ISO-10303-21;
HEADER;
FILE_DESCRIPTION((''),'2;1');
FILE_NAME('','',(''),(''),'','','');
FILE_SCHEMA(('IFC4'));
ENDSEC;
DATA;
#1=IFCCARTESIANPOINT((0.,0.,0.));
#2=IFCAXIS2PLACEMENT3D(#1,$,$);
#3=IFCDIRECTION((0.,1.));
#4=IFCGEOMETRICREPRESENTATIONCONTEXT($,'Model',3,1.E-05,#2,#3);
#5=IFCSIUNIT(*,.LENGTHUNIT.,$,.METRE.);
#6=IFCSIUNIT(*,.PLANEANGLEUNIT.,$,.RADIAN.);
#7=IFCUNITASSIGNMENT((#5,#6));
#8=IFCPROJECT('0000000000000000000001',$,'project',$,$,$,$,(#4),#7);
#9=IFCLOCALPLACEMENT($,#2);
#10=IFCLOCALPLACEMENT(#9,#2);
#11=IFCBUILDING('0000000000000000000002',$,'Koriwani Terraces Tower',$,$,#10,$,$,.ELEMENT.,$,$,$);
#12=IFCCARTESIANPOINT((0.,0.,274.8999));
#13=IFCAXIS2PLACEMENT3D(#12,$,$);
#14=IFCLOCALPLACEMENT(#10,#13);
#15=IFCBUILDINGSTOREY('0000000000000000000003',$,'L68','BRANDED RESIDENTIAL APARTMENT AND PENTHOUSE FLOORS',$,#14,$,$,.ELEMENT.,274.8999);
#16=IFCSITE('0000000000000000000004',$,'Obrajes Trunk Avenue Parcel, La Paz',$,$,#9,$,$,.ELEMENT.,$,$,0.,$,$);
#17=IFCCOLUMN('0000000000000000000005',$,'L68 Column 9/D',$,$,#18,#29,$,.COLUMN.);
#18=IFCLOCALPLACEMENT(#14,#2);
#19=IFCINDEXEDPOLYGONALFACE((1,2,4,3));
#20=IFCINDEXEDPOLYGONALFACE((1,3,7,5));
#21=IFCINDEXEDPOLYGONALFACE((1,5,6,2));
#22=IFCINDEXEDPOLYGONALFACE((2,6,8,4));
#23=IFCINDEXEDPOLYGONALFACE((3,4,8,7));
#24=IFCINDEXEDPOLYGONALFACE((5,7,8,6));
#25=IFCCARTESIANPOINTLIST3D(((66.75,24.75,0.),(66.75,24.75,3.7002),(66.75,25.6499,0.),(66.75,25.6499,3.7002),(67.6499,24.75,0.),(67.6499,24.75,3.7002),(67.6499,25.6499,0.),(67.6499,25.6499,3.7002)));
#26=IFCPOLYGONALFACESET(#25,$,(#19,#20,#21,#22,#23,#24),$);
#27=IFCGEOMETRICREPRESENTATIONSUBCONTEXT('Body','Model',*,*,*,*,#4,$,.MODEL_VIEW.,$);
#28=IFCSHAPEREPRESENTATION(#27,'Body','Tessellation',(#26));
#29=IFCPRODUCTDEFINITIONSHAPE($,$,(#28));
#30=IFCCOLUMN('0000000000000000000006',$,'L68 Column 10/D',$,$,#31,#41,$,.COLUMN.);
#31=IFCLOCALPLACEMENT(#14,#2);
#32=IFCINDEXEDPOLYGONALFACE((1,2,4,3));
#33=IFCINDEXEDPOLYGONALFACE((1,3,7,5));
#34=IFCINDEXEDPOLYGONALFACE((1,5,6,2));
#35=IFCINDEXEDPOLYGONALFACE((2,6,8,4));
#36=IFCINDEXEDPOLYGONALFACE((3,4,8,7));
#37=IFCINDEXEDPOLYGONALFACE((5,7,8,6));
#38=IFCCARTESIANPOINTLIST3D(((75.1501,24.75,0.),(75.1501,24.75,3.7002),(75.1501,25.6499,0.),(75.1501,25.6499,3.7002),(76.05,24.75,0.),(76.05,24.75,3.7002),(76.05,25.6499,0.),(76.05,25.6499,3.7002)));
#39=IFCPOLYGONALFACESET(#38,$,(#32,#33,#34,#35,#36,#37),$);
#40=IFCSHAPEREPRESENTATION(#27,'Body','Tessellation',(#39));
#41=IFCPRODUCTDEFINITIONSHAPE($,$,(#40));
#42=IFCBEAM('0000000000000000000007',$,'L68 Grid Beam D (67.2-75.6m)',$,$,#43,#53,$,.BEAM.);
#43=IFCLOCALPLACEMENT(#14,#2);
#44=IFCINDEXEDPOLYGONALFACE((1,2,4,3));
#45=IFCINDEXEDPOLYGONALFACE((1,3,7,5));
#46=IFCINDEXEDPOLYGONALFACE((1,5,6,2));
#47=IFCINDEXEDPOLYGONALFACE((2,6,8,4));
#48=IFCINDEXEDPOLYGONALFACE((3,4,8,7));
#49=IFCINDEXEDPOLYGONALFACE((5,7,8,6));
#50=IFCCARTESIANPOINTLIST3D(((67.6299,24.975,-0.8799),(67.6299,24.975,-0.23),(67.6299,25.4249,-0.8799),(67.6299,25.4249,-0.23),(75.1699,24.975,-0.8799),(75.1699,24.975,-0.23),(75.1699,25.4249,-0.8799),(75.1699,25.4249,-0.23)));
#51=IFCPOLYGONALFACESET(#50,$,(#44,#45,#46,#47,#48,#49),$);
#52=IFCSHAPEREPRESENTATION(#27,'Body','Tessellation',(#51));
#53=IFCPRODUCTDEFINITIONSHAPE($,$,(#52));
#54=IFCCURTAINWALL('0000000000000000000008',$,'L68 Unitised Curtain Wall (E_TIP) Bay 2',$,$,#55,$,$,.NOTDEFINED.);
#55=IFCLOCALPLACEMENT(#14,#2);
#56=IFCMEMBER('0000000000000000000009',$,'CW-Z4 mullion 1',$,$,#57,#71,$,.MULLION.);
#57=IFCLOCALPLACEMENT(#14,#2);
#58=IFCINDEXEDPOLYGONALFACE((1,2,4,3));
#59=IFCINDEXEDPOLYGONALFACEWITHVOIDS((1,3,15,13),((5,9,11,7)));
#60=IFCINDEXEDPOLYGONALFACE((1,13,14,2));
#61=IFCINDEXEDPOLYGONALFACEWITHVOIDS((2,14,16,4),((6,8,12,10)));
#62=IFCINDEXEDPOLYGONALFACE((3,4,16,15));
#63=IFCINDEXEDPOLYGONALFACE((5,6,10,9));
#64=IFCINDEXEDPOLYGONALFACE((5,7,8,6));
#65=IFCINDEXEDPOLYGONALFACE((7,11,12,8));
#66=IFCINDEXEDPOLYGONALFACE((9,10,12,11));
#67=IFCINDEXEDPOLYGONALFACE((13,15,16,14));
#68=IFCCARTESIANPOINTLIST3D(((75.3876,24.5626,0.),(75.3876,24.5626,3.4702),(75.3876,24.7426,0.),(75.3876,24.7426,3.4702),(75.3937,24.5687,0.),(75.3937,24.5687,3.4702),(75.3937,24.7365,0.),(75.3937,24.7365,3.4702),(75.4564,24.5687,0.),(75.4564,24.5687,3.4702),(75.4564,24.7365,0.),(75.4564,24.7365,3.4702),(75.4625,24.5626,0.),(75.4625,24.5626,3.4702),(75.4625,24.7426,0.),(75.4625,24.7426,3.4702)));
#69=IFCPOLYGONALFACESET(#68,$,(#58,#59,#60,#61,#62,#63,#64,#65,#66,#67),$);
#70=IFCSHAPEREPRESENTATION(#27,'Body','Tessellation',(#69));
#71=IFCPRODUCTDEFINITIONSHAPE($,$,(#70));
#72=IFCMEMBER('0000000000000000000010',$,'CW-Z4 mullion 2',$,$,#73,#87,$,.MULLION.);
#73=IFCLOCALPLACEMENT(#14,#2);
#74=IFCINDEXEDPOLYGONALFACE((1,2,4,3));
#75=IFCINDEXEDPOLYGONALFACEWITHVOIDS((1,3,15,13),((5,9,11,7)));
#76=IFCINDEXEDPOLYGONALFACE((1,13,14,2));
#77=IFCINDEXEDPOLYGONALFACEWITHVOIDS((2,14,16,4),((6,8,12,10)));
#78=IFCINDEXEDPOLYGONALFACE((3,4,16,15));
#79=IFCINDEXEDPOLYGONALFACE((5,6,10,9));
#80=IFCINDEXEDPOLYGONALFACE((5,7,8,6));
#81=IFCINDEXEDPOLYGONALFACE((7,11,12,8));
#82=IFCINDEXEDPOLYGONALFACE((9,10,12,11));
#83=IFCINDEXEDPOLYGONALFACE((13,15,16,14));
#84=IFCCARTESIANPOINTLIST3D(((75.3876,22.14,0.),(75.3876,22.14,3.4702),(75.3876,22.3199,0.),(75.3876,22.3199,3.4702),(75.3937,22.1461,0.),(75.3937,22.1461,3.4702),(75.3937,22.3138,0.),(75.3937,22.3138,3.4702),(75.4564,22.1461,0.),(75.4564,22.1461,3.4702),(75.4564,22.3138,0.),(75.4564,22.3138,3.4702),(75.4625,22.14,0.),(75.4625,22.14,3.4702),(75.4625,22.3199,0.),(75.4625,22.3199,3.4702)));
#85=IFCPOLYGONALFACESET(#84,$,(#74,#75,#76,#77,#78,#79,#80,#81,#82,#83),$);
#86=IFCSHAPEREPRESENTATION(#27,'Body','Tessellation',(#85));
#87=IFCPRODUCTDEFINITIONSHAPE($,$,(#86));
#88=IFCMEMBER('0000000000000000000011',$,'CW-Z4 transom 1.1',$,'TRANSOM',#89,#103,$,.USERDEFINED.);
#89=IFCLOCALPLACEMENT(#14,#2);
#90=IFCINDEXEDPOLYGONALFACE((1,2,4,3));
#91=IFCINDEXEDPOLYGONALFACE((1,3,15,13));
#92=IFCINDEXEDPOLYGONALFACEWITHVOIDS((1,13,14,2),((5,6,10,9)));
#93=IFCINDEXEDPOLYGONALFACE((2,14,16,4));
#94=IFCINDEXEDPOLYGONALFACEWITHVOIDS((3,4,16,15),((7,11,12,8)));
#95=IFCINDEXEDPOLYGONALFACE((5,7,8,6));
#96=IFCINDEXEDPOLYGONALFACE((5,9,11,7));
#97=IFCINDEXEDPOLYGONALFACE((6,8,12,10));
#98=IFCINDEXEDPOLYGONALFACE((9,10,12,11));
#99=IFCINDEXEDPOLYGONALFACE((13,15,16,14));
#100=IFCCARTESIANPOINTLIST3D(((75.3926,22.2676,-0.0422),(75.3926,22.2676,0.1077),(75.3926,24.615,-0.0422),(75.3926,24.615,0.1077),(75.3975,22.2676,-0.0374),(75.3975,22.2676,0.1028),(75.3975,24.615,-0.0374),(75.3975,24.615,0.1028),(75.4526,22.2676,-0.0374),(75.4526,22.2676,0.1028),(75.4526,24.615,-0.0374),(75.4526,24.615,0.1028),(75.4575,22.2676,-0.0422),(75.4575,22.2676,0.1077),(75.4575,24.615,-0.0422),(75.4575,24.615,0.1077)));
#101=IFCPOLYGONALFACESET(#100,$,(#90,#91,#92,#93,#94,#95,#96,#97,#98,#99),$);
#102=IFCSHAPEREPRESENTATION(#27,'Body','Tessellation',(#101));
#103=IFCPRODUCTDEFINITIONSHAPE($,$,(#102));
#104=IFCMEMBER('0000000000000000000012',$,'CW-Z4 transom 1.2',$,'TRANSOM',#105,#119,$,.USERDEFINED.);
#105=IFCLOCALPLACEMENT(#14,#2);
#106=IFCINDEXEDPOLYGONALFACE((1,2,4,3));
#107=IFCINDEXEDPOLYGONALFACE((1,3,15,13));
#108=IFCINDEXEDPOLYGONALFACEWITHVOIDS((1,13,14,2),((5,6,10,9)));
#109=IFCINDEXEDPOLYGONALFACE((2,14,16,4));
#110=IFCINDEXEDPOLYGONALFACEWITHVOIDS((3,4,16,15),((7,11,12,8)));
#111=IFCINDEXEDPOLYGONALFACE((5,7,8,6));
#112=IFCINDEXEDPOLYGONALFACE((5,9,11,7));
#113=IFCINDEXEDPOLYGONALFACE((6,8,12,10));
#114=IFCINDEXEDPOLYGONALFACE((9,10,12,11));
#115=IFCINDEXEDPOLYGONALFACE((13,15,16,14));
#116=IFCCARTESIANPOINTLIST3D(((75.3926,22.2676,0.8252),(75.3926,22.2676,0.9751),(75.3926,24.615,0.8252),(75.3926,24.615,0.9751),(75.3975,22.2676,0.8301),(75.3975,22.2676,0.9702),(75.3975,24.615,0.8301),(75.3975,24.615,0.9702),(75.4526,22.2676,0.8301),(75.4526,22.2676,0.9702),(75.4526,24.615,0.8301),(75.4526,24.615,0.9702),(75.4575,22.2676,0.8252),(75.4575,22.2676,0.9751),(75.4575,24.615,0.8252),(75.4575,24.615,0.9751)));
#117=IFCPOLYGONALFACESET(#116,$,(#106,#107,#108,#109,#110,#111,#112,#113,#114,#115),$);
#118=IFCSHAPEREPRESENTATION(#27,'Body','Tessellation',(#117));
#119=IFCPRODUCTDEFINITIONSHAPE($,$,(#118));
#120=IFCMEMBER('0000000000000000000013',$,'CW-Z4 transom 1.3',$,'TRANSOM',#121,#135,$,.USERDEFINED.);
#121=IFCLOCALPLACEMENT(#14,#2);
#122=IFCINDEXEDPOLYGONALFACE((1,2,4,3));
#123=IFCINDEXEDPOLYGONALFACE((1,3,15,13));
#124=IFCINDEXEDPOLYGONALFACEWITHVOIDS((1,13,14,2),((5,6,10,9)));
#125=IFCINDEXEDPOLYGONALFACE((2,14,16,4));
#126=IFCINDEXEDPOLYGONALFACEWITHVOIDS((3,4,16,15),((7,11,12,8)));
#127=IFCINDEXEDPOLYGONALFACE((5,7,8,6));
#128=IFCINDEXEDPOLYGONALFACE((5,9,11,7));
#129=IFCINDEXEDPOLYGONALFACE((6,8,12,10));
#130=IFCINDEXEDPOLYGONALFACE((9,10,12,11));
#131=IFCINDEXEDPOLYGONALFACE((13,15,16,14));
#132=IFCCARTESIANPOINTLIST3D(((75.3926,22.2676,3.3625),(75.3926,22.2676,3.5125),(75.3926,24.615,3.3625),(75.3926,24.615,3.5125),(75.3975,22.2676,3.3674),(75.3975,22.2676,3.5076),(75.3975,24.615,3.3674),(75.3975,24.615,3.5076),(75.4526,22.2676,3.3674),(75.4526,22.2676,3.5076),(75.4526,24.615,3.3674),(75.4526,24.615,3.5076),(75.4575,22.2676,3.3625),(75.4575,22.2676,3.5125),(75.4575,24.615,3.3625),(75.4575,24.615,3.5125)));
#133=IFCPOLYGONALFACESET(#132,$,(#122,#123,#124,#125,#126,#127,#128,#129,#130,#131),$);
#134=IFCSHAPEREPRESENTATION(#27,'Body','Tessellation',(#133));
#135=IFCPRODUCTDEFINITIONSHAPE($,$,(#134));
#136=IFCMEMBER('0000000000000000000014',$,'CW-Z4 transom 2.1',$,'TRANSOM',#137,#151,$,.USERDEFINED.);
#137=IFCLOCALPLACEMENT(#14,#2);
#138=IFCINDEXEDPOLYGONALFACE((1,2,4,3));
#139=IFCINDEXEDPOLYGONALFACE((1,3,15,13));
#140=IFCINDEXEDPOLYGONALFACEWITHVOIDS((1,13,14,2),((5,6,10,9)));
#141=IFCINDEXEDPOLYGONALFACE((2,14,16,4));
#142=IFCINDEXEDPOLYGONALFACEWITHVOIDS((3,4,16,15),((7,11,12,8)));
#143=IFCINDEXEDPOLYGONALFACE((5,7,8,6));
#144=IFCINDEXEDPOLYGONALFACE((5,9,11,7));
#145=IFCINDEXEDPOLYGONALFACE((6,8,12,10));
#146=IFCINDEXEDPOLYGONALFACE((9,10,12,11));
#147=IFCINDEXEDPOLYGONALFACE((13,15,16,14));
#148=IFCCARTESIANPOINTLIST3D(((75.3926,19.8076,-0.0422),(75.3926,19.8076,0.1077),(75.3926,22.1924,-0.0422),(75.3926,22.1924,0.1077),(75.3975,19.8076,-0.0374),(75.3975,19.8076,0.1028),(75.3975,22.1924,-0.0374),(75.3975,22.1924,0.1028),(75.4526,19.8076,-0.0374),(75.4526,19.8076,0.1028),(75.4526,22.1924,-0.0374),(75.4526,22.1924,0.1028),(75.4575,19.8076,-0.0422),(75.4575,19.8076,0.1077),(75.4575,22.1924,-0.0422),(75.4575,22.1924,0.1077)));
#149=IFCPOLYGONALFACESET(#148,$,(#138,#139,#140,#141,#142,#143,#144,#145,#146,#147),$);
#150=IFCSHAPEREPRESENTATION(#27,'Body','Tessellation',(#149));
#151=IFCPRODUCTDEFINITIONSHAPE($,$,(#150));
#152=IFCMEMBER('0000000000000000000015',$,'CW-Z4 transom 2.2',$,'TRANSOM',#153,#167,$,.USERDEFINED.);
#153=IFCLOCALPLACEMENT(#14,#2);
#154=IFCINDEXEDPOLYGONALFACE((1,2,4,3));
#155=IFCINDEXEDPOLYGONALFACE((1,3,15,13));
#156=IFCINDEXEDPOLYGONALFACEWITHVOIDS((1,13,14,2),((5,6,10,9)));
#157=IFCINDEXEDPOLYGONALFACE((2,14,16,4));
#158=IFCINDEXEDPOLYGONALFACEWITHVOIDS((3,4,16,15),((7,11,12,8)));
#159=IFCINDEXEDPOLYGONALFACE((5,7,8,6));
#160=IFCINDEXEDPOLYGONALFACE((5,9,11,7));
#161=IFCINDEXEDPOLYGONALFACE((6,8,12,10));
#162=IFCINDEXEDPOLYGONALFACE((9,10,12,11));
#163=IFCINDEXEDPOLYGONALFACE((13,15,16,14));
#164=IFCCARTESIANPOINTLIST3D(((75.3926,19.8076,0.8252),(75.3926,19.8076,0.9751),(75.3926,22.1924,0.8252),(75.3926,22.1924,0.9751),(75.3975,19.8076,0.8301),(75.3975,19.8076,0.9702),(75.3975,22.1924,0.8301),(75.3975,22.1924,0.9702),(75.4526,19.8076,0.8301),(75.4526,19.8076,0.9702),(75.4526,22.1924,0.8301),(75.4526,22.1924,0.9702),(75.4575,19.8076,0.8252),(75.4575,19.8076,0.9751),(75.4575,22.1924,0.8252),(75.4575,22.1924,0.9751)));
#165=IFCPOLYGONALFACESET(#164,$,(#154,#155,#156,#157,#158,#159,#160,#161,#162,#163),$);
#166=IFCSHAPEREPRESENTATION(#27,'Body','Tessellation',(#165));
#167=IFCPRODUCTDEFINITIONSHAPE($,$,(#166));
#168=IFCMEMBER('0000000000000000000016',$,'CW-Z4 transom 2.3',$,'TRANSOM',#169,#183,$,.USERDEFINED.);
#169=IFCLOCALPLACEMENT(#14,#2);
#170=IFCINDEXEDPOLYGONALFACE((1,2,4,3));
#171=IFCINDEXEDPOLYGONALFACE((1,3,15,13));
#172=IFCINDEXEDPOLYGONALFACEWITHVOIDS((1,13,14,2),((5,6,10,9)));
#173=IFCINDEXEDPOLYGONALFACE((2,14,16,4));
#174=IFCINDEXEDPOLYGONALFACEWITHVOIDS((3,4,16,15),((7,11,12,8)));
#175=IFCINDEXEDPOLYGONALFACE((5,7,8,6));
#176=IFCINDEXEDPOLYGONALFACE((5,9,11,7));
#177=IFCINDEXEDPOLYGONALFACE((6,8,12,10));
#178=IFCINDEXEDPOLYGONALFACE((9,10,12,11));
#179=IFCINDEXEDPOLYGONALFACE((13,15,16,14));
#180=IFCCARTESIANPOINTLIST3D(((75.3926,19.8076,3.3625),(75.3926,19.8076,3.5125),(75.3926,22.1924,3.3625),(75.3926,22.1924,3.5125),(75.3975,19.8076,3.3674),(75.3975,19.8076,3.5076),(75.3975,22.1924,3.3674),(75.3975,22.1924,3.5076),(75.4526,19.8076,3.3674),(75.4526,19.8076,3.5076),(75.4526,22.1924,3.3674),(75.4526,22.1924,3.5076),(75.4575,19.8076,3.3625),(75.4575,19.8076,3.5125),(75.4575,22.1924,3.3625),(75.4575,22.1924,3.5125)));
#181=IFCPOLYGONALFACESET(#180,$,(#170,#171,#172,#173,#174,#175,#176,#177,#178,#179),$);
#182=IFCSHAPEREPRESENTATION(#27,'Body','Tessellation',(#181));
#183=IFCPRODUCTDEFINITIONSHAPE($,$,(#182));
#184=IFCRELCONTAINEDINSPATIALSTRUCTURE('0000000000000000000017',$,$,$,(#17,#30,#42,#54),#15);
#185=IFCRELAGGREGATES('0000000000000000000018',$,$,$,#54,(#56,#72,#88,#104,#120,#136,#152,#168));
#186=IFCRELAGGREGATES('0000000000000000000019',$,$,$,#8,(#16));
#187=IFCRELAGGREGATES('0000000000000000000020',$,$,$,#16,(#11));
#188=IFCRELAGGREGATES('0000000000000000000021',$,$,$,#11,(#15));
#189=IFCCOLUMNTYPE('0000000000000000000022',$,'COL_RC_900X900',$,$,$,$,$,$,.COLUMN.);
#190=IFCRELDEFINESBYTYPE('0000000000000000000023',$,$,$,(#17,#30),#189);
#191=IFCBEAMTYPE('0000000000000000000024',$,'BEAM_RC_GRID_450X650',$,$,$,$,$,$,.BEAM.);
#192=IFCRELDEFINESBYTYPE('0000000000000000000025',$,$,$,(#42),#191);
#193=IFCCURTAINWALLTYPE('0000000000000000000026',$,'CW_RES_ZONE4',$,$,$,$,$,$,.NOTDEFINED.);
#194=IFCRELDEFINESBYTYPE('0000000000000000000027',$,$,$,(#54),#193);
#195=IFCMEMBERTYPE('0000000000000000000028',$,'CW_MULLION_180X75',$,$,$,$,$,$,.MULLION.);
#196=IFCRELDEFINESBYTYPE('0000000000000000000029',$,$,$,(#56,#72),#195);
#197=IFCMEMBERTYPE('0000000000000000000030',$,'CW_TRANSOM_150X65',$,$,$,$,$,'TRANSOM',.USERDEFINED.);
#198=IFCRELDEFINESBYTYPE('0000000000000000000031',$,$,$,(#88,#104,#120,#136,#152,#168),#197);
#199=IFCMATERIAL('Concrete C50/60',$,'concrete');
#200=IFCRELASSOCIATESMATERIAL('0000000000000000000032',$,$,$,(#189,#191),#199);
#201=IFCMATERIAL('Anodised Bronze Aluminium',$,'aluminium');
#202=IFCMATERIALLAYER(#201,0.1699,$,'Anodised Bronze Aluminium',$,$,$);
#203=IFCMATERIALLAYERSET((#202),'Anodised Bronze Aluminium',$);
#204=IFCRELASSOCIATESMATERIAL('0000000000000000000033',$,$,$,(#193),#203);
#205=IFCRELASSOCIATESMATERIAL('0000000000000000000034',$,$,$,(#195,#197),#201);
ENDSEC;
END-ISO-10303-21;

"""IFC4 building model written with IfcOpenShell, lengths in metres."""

from ifc_helpers import new_model, si_unit, direction, frame, origin, origin_2d, place, context, subcontext, project, spatial, rectangle, hollow_rectangle, extrude, material, layer, layer_set, material_profile, profile_set, type_object, element, aggregate, save


model = new_model("IFC4")

# Units and contexts
model_context = context("Model", 3, precision=1e-05, world=origin(), true_north=direction((0.0, 1.0)))
body_context = subcontext(model_context, "Body", "Model", "MODEL_VIEW")
ifc_project = project(units=[si_unit("LENGTHUNIT", "METRE"), si_unit("PLANEANGLEUNIT", "RADIAN")], contexts=[model_context])

# Site, building, storey
site_placement = place(None, origin())
site = spatial("IfcSite", under=ifc_project, at=site_placement, Name="Obrajes Trunk Avenue Parcel, La Paz", CompositionType="ELEMENT", RefElevation=0.0)
building_placement = place(site_placement, origin())
building = spatial("IfcBuilding", under=site, at=building_placement, Name="Koriwani Terraces Tower", CompositionType="ELEMENT")
storey_placement = place(building_placement, frame((0.0, 0.0, 274.8999)))
storey = spatial("IfcBuildingStorey", under=building, at=storey_placement, Name="L68", Description="BRANDED RESIDENTIAL APARTMENT AND PENTHOUSE FLOORS", CompositionType="ELEMENT", Elevation=274.8999)

# Columns
ifc_material_1 = material(Name="Concrete C50/60", Category="concrete")
ifc_material_profile_1 = material_profile(ifc_material_1, rectangle(XDim=0.8999, YDim=0.8999, at=origin_2d()), Name="Concrete C50/60", Category="LoadBearing")
ifc_profile_set_1 = profile_set([ifc_material_profile_1], Name="Concrete C50/60")
column_type = type_object("IfcColumnType", Name="COL_RC_900X900", PredefinedType="COLUMN", material=ifc_profile_set_1)
for number, where, z_axis, x_axis, name in (
    (1, (67.2, 25.2, 0.0), (0.0, 0.0, 1.0), (1.0, 0.0, 0.0), "L68 Column 9/D"),
    (2, (75.6001, 25.2, 0.0), (0.0, 0.0, 1.0), (1.0, 0.0, 0.0), "L68 Column 10/D"),
):
    element("IfcColumn", number, at=place(storey_placement, frame(where, z_axis=z_axis, x_axis=x_axis)), inside=storey, type_object=column_type, Name=name, PredefinedType="COLUMN", context=body_context, shape_type="SweptSolid", body=[
        extrude(rectangle(XDim=0.8999, YDim=0.8999, at=origin_2d()), origin(), (0.0, 0.0, 1.0), 3.7002),
    ])

# Beam
ifc_material_profile_2 = material_profile(ifc_material_1, rectangle(XDim=0.45, YDim=0.6499, at=origin_2d()), Name="Concrete C50/60", Category="LoadBearing")
ifc_profile_set_2 = profile_set([ifc_material_profile_2], Name="Concrete C50/60")
beam_type_1 = type_object("IfcBeamType", Name="BEAM_RC_GRID_450X650", PredefinedType="BEAM", material=ifc_profile_set_2)
beam_1_placement = place(storey_placement, frame((67.6299, 25.2, -0.5549), z_axis=(1.0, 0.0, 0.0), x_axis=(0.0, 1.0, 0.0)))
element("IfcBeam", 3, at=beam_1_placement, inside=storey, type_object=beam_type_1, Name="L68 Grid Beam D (67.2-75.6m)", PredefinedType="BEAM", context=body_context, shape_type="SweptSolid", body=[
    extrude(rectangle(XDim=0.45, YDim=0.6499, at=origin_2d()), origin(), (0.0, 0.0, 1.0), 7.54),
])

# Curtain wall, members
ifc_material_2 = material(Name="Anodised Bronze Aluminium", Category="aluminium")
ifc_layer_1 = layer(ifc_material_2, 0.1699, Name="Anodised Bronze Aluminium")
ifc_layer_set_1 = layer_set([ifc_layer_1], Name="Anodised Bronze Aluminium")
curtain_wall_type = type_object("IfcCurtainWallType", Name="CW_RES_ZONE4", PredefinedType="NOTDEFINED", material=ifc_layer_set_1)
curtain_wall_placement = place(storey_placement, origin())
curtain_wall = element("IfcCurtainWall", 4, at=curtain_wall_placement, inside=storey, type_object=curtain_wall_type, Name="L68 Unitised Curtain Wall (E_TIP) Bay 2", PredefinedType="NOTDEFINED")
ifc_material_profile_3 = material_profile(ifc_material_2, hollow_rectangle(XDim=0.075, YDim=0.1799, WallThickness=0.0061, at=origin_2d()), Name="Anodised Bronze Aluminium", Category="LoadBearing")
ifc_profile_set_3 = profile_set([ifc_material_profile_3], Name="Anodised Bronze Aluminium")
member_type_1 = type_object("IfcMemberType", Name="CW_MULLION_180X75", PredefinedType="MULLION", material=ifc_profile_set_3)
member_1_placement = place(storey_placement, frame((75.425, 24.6526, 0.0), z_axis=(0.0, 0.0, 1.0), x_axis=(1.0, 0.0, 0.0)))
member_1 = element("IfcMember", 5, at=member_1_placement, type_object=member_type_1, Name="CW-Z4 mullion 1", PredefinedType="MULLION", context=body_context, shape_type="SweptSolid", body=[
    extrude(hollow_rectangle(XDim=0.075, YDim=0.1799, WallThickness=0.0061, at=origin_2d()), origin(), (0.0, 0.0, 1.0), 3.4702),
])
member_2_placement = place(storey_placement, frame((75.425, 22.23, 0.0), z_axis=(0.0, 0.0, 1.0), x_axis=(1.0, 0.0, 0.0)))
member_2 = element("IfcMember", 6, at=member_2_placement, type_object=member_type_1, Name="CW-Z4 mullion 2", PredefinedType="MULLION", context=body_context, shape_type="SweptSolid", body=[
    extrude(hollow_rectangle(XDim=0.075, YDim=0.1799, WallThickness=0.0061, at=origin_2d()), origin(), (0.0, 0.0, 1.0), 3.4702),
])
ifc_material_profile_4 = material_profile(ifc_material_2, hollow_rectangle(XDim=0.0649, YDim=0.1499, WallThickness=0.0049, at=origin_2d()), Name="Anodised Bronze Aluminium", Category="LoadBearing")
ifc_profile_set_4 = profile_set([ifc_material_profile_4], Name="Anodised Bronze Aluminium")
member_type_2 = type_object("IfcMemberType", Name="CW_TRANSOM_150X65", ElementType="TRANSOM", PredefinedType="USERDEFINED", material=ifc_profile_set_4)
member_3_placement = place(storey_placement, frame((75.425, 24.615, 0.0327), z_axis=(0.0, -1.0, 0.0), x_axis=(1.0, 0.0, 0.0)))
member_3 = element("IfcMember", 7, at=member_3_placement, type_object=member_type_2, Name="CW-Z4 transom 1.1", ObjectType="TRANSOM", PredefinedType="USERDEFINED", context=body_context, shape_type="SweptSolid", body=[
    extrude(hollow_rectangle(XDim=0.0649, YDim=0.1499, WallThickness=0.0049, at=origin_2d()), origin(), (0.0, 0.0, 1.0), 2.3474),
])
member_4_placement = place(storey_placement, frame((75.425, 24.615, 0.9001), z_axis=(0.0, -1.0, 0.0), x_axis=(1.0, 0.0, 0.0)))
member_4 = element("IfcMember", 8, at=member_4_placement, type_object=member_type_2, Name="CW-Z4 transom 1.2", ObjectType="TRANSOM", PredefinedType="USERDEFINED", context=body_context, shape_type="SweptSolid", body=[
    extrude(hollow_rectangle(XDim=0.0649, YDim=0.1499, WallThickness=0.0049, at=origin_2d()), origin(), (0.0, 0.0, 1.0), 2.3474),
])
member_5_placement = place(storey_placement, frame((75.425, 24.615, 3.4375), z_axis=(0.0, -1.0, 0.0), x_axis=(1.0, 0.0, 0.0)))
member_5 = element("IfcMember", 9, at=member_5_placement, type_object=member_type_2, Name="CW-Z4 transom 1.3", ObjectType="TRANSOM", PredefinedType="USERDEFINED", context=body_context, shape_type="SweptSolid", body=[
    extrude(hollow_rectangle(XDim=0.0649, YDim=0.1499, WallThickness=0.0049, at=origin_2d()), origin(), (0.0, 0.0, 1.0), 2.3474),
])
member_6_placement = place(storey_placement, frame((75.425, 22.1924, 0.0327), z_axis=(0.0, -1.0, 0.0), x_axis=(1.0, 0.0, 0.0)))
member_6 = element("IfcMember", 10, at=member_6_placement, type_object=member_type_2, Name="CW-Z4 transom 2.1", ObjectType="TRANSOM", PredefinedType="USERDEFINED", context=body_context, shape_type="SweptSolid", body=[
    extrude(hollow_rectangle(XDim=0.0649, YDim=0.1499, WallThickness=0.0049, at=origin_2d()), origin(), (0.0, 0.0, 1.0), 2.3848),
])
member_7_placement = place(storey_placement, frame((75.425, 22.1924, 0.9001), z_axis=(0.0, -1.0, 0.0), x_axis=(1.0, 0.0, 0.0)))
member_7 = element("IfcMember", 11, at=member_7_placement, type_object=member_type_2, Name="CW-Z4 transom 2.2", ObjectType="TRANSOM", PredefinedType="USERDEFINED", context=body_context, shape_type="SweptSolid", body=[
    extrude(hollow_rectangle(XDim=0.0649, YDim=0.1499, WallThickness=0.0049, at=origin_2d()), origin(), (0.0, 0.0, 1.0), 2.3848),
])
member_8_placement = place(storey_placement, frame((75.425, 22.1924, 3.4375), z_axis=(0.0, -1.0, 0.0), x_axis=(1.0, 0.0, 0.0)))
member_8 = element("IfcMember", 12, at=member_8_placement, type_object=member_type_2, Name="CW-Z4 transom 2.3", ObjectType="TRANSOM", PredefinedType="USERDEFINED", context=body_context, shape_type="SweptSolid", body=[
    extrude(hollow_rectangle(XDim=0.0649, YDim=0.1499, WallThickness=0.0049, at=origin_2d()), origin(), (0.0, 0.0, 1.0), 2.3848),
])

aggregate(curtain_wall, [member_1, member_2, member_3, member_4, member_5, member_6, member_7, member_8])

save(model, "model.ifc")
